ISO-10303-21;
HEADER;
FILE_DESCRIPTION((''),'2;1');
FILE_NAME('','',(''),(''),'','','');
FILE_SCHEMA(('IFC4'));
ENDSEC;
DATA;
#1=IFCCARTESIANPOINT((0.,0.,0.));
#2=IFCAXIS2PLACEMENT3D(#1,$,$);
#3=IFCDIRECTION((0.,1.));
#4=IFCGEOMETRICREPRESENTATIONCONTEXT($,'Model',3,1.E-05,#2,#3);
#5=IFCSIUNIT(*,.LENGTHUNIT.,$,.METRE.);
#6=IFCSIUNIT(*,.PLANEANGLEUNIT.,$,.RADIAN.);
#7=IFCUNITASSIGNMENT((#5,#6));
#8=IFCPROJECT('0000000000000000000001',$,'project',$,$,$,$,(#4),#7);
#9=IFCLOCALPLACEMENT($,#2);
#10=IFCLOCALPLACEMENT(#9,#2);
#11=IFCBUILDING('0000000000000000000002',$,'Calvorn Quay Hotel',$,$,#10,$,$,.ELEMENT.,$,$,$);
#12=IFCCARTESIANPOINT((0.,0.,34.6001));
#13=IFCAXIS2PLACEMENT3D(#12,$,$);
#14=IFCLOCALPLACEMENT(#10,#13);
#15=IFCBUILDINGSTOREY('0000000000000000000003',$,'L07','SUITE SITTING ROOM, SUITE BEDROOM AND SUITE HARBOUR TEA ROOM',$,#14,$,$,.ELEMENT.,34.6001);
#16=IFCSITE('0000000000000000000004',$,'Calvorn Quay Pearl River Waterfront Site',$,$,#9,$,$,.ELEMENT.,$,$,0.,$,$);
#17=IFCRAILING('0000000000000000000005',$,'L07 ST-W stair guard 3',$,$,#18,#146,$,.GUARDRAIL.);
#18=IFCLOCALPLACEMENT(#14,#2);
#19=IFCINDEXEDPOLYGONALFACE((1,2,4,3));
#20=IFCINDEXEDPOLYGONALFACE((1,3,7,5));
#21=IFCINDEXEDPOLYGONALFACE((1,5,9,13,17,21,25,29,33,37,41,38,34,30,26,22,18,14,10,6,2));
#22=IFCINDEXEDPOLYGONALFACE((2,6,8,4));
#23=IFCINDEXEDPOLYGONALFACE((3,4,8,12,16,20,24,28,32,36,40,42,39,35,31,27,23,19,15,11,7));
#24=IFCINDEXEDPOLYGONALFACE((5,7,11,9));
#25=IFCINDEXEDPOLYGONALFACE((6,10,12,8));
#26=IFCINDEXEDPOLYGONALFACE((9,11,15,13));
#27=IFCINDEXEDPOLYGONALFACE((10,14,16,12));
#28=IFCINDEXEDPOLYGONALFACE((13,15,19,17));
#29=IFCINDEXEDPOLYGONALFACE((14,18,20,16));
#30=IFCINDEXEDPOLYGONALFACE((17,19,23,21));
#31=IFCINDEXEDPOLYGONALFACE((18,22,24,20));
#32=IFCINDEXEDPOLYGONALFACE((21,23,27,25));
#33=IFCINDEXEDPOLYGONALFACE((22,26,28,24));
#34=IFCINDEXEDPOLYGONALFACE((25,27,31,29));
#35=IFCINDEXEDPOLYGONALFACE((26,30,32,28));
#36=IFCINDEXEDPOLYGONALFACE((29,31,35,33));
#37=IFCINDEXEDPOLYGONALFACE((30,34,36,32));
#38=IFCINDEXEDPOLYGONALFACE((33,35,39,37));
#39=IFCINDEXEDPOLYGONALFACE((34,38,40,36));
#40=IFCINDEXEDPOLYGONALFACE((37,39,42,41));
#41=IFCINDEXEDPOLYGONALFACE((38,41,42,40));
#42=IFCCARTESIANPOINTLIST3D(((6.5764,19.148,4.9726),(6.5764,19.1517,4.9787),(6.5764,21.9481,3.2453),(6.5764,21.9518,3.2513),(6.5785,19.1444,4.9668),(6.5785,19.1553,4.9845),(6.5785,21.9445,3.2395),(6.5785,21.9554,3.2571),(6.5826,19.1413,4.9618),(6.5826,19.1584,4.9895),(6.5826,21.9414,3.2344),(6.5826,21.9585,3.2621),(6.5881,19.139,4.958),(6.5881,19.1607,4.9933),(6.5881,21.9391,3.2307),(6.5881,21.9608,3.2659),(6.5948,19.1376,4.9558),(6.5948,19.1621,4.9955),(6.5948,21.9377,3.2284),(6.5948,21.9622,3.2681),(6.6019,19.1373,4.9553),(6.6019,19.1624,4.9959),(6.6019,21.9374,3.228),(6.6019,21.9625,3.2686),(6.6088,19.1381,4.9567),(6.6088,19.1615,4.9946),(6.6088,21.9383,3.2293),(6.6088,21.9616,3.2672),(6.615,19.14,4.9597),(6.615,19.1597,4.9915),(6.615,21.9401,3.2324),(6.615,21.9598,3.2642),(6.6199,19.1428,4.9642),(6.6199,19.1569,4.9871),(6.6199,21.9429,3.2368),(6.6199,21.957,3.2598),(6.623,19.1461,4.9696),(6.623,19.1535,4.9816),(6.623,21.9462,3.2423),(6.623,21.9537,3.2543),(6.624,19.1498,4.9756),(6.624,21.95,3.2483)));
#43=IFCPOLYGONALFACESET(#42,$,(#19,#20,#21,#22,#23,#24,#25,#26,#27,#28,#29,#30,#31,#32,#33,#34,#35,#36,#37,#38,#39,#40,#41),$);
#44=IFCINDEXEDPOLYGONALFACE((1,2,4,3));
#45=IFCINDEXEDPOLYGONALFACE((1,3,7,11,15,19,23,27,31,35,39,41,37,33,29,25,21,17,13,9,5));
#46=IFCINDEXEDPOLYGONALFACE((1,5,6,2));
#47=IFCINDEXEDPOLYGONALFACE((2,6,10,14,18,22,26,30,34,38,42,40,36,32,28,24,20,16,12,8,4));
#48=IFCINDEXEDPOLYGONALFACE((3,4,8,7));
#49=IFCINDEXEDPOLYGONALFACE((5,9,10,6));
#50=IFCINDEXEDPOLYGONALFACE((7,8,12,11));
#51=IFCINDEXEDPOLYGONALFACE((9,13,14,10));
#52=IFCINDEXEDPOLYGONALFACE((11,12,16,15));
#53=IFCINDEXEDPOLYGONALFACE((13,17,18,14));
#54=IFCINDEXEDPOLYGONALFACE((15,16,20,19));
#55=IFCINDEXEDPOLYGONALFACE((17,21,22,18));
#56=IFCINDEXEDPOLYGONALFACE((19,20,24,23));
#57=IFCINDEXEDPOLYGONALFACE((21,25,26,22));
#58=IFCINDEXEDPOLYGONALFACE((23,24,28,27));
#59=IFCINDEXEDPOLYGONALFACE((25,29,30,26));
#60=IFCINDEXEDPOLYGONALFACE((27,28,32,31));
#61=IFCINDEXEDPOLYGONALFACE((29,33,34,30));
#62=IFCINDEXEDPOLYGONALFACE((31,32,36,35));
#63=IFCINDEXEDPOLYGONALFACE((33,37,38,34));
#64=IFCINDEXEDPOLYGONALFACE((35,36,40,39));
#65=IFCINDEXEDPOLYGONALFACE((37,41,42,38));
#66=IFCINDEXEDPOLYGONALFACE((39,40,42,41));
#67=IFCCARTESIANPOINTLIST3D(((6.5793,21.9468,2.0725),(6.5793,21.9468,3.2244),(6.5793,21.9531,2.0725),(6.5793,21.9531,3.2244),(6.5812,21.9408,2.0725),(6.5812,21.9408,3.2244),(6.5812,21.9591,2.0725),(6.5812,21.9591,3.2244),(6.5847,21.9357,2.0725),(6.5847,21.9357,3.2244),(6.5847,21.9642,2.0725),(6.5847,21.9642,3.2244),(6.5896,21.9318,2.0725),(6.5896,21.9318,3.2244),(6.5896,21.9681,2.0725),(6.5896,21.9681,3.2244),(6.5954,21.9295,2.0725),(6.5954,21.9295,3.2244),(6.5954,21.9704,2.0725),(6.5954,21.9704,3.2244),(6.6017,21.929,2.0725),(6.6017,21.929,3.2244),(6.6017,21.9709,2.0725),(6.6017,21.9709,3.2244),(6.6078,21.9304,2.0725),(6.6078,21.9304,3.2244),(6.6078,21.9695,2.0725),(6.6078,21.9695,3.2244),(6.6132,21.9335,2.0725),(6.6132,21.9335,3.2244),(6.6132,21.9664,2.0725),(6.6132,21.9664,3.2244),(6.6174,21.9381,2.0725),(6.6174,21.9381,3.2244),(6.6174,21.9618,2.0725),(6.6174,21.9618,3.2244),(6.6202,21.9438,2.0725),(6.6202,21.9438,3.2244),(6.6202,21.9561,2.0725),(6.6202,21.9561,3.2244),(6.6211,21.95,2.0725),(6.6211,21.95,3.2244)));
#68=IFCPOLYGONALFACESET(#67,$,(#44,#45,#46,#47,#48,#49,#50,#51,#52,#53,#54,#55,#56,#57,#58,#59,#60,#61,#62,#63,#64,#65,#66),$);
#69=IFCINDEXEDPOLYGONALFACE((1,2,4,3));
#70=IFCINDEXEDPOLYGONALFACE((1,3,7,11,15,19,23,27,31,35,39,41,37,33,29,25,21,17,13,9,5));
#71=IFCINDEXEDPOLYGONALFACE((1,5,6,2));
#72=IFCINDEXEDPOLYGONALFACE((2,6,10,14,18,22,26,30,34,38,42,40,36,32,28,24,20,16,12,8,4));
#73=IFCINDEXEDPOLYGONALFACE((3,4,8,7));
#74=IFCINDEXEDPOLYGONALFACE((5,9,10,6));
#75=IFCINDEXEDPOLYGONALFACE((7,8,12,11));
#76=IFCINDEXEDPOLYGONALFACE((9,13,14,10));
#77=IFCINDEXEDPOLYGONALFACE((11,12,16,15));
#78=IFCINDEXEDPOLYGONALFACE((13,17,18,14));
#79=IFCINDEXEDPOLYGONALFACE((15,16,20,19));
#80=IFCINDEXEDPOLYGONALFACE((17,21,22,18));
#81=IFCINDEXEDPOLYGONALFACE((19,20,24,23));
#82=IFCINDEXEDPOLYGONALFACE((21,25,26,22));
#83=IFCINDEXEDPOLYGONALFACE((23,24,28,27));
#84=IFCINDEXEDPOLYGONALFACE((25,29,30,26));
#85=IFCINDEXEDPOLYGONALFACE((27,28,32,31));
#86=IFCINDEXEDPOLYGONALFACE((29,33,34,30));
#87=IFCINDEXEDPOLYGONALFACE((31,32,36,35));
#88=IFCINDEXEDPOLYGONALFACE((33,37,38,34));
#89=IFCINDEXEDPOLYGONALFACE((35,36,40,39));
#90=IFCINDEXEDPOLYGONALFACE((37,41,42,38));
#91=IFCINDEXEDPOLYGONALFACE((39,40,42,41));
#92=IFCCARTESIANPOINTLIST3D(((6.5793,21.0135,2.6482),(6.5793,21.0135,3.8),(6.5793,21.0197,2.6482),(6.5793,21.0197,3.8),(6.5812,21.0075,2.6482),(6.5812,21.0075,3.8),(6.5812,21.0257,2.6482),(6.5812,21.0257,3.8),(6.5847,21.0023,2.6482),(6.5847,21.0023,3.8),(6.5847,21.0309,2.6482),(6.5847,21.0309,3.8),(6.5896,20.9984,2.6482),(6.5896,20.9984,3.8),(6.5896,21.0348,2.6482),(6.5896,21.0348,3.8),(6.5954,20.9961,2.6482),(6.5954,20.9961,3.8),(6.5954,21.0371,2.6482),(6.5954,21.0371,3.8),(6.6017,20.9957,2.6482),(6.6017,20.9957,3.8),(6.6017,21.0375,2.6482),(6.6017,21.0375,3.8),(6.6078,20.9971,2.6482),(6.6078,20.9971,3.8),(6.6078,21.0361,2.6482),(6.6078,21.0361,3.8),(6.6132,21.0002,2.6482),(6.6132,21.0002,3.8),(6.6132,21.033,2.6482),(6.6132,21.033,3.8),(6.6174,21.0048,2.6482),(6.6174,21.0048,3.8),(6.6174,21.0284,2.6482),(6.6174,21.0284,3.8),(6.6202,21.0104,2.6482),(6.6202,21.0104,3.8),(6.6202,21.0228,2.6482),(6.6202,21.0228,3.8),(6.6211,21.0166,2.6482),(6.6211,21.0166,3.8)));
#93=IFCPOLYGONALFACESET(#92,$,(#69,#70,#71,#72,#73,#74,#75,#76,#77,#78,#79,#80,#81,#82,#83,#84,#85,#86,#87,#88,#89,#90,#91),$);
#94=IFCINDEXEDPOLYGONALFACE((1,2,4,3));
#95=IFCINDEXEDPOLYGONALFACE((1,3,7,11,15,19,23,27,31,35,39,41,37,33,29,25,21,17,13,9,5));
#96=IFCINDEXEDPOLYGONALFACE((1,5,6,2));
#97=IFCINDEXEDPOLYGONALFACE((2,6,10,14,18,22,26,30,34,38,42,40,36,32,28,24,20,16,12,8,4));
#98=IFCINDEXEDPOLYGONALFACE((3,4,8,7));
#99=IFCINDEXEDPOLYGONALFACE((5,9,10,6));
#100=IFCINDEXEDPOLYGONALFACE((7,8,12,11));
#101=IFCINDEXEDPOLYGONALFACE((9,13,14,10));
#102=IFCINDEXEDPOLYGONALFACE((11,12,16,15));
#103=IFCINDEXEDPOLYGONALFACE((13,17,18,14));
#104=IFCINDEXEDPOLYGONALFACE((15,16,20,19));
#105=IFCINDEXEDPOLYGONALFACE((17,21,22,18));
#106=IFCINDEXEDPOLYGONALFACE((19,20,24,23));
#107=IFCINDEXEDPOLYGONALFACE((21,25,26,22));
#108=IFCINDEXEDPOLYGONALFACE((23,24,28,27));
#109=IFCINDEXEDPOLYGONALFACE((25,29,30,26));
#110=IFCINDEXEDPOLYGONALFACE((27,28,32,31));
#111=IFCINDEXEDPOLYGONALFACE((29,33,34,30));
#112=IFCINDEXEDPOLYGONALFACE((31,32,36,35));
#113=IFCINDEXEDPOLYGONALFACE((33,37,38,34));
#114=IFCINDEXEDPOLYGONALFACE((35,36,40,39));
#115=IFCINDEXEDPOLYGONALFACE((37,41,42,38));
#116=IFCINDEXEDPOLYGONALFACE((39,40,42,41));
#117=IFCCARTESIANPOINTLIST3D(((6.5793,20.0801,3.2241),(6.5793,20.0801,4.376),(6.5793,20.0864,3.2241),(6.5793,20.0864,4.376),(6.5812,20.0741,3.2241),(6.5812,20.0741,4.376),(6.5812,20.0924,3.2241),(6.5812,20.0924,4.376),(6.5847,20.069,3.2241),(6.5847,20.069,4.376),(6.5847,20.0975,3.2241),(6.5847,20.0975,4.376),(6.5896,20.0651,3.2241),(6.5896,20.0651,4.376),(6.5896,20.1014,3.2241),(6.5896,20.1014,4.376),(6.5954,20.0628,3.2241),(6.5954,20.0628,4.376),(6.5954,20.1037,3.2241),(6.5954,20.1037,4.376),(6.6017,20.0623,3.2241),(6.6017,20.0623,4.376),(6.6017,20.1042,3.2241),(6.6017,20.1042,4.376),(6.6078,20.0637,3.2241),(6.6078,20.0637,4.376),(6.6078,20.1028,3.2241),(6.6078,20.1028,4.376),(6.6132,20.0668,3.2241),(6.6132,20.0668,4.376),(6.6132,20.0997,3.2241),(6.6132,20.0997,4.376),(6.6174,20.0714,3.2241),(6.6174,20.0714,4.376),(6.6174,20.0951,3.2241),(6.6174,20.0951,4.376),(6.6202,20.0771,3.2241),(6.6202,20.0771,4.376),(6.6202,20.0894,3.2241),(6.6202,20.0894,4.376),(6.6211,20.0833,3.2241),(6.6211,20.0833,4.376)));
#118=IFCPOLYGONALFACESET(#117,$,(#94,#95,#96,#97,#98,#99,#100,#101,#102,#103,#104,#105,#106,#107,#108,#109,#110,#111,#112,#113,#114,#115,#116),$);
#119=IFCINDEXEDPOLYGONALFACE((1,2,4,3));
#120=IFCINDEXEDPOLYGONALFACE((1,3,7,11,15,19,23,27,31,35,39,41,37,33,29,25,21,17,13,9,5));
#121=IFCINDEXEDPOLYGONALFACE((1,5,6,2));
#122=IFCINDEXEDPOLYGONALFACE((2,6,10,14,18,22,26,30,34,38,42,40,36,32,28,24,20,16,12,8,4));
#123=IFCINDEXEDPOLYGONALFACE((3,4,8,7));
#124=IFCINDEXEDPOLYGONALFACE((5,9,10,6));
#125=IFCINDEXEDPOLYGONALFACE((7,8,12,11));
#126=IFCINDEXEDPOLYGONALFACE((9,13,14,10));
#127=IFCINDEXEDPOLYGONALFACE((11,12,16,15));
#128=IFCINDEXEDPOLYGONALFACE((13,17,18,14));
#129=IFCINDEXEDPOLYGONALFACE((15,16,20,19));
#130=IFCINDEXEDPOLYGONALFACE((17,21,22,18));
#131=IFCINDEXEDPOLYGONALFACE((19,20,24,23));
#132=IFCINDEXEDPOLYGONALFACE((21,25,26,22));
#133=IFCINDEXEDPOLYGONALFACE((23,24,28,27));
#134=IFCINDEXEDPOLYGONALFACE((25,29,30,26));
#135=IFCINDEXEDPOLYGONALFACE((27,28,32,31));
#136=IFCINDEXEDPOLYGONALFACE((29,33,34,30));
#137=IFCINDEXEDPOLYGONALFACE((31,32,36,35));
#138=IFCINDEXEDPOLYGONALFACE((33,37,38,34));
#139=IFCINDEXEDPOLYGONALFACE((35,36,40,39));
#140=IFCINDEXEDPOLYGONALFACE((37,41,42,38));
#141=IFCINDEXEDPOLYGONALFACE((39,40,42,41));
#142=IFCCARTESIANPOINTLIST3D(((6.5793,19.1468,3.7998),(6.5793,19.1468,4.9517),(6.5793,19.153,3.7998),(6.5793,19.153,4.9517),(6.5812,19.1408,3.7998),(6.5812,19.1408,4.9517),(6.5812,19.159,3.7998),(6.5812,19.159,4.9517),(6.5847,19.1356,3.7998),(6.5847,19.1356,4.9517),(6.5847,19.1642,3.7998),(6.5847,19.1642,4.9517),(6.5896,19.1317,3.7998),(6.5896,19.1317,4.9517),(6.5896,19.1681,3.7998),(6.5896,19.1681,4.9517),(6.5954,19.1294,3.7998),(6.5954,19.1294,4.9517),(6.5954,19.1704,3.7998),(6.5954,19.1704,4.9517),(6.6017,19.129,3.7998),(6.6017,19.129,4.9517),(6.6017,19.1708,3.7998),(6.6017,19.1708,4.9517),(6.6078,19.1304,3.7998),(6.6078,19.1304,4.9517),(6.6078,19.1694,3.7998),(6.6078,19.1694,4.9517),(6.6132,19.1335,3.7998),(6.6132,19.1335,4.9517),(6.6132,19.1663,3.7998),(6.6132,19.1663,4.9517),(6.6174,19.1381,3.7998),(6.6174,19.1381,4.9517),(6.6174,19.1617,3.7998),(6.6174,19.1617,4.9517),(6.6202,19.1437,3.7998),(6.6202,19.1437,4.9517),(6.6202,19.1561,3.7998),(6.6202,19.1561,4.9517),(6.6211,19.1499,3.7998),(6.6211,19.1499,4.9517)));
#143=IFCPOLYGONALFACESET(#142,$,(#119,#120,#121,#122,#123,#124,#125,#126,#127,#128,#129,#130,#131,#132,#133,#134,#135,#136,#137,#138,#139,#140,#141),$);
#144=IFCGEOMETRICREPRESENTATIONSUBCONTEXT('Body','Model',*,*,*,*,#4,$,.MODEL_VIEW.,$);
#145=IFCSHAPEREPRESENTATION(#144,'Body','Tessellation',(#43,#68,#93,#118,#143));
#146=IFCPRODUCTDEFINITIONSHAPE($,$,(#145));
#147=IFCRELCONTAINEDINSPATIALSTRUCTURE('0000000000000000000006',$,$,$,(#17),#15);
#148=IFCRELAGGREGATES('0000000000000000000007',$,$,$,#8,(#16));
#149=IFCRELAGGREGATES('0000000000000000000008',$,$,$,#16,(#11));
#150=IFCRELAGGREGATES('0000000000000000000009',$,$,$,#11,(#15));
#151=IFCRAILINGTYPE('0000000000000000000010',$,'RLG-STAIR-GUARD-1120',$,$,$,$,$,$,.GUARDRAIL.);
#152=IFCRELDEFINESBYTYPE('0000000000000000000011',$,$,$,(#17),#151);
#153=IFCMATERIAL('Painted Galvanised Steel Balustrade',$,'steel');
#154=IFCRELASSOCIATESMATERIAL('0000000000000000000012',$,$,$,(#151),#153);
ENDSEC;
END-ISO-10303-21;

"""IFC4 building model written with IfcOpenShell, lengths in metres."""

from ifc_helpers import new_model, si_unit, direction, frame, origin, origin_2d, place, context, subcontext, project, spatial, circle, extrude, material, type_object, element, save


model = new_model("IFC4")

# Units and contexts
model_context = context("Model", 3, precision=1e-05, world=origin(), true_north=direction((0.0, 1.0)))
body_context = subcontext(model_context, "Body", "Model", "MODEL_VIEW")
ifc_project = project(units=[si_unit("LENGTHUNIT", "METRE"), si_unit("PLANEANGLEUNIT", "RADIAN")], contexts=[model_context])

# Site, building, storey
site_placement = place(None, origin())
site = spatial("IfcSite", under=ifc_project, at=site_placement, Name="Calvorn Quay Pearl River Waterfront Site", CompositionType="ELEMENT", RefElevation=0.0)
building_placement = place(site_placement, origin())
building = spatial("IfcBuilding", under=site, at=building_placement, Name="Calvorn Quay Hotel", CompositionType="ELEMENT")
storey_placement = place(building_placement, frame((0.0, 0.0, 34.6001)))
storey = spatial("IfcBuildingStorey", under=building, at=storey_placement, Name="L07", Description="SUITE SITTING ROOM, SUITE BEDROOM AND SUITE HARBOUR TEA ROOM", CompositionType="ELEMENT", Elevation=34.6001)

# Railing
ifc_material_1 = material(Name="Painted Galvanised Steel Balustrade", Category="steel")
railing_type_1 = type_object("IfcRailingType", Name="RLG-STAIR-GUARD-1120", PredefinedType="GUARDRAIL", material=ifc_material_1)
railing_1_placement = place(storey_placement, frame((6.6001, 21.95, 2.0725)))
element("IfcRailing", 1, at=railing_1_placement, inside=storey, type_object=railing_type_1, Name="L07 ST-W stair guard 3", PredefinedType="GUARDRAIL", context=body_context, shape_type="SweptSolid", body=[
    extrude(circle(Radius=0.0239, at=origin_2d()), frame((0.0, 0.0, 1.1758), z_axis=(0.0, -0.85109, 0.52502), x_axis=(1.0, 0.0, 0.0)), (0.0, 0.0, 1.0), 3.29),
    extrude(circle(Radius=0.021, at=origin_2d()), origin(), (0.0, 0.0, 1.0), 1.1519),
    extrude(circle(Radius=0.021, at=origin_2d()), frame((0.0, -0.9333, 0.5757)), (0.0, 0.0, 1.0), 1.1519),
    extrude(circle(Radius=0.021, at=origin_2d()), frame((0.0, -1.8667, 1.1516)), (0.0, 0.0, 1.0), 1.1519),
    extrude(circle(Radius=0.021, at=origin_2d()), frame((0.0, -2.8, 1.7273)), (0.0, 0.0, 1.0), 1.1519),
])

save(model, "model.ifc")
